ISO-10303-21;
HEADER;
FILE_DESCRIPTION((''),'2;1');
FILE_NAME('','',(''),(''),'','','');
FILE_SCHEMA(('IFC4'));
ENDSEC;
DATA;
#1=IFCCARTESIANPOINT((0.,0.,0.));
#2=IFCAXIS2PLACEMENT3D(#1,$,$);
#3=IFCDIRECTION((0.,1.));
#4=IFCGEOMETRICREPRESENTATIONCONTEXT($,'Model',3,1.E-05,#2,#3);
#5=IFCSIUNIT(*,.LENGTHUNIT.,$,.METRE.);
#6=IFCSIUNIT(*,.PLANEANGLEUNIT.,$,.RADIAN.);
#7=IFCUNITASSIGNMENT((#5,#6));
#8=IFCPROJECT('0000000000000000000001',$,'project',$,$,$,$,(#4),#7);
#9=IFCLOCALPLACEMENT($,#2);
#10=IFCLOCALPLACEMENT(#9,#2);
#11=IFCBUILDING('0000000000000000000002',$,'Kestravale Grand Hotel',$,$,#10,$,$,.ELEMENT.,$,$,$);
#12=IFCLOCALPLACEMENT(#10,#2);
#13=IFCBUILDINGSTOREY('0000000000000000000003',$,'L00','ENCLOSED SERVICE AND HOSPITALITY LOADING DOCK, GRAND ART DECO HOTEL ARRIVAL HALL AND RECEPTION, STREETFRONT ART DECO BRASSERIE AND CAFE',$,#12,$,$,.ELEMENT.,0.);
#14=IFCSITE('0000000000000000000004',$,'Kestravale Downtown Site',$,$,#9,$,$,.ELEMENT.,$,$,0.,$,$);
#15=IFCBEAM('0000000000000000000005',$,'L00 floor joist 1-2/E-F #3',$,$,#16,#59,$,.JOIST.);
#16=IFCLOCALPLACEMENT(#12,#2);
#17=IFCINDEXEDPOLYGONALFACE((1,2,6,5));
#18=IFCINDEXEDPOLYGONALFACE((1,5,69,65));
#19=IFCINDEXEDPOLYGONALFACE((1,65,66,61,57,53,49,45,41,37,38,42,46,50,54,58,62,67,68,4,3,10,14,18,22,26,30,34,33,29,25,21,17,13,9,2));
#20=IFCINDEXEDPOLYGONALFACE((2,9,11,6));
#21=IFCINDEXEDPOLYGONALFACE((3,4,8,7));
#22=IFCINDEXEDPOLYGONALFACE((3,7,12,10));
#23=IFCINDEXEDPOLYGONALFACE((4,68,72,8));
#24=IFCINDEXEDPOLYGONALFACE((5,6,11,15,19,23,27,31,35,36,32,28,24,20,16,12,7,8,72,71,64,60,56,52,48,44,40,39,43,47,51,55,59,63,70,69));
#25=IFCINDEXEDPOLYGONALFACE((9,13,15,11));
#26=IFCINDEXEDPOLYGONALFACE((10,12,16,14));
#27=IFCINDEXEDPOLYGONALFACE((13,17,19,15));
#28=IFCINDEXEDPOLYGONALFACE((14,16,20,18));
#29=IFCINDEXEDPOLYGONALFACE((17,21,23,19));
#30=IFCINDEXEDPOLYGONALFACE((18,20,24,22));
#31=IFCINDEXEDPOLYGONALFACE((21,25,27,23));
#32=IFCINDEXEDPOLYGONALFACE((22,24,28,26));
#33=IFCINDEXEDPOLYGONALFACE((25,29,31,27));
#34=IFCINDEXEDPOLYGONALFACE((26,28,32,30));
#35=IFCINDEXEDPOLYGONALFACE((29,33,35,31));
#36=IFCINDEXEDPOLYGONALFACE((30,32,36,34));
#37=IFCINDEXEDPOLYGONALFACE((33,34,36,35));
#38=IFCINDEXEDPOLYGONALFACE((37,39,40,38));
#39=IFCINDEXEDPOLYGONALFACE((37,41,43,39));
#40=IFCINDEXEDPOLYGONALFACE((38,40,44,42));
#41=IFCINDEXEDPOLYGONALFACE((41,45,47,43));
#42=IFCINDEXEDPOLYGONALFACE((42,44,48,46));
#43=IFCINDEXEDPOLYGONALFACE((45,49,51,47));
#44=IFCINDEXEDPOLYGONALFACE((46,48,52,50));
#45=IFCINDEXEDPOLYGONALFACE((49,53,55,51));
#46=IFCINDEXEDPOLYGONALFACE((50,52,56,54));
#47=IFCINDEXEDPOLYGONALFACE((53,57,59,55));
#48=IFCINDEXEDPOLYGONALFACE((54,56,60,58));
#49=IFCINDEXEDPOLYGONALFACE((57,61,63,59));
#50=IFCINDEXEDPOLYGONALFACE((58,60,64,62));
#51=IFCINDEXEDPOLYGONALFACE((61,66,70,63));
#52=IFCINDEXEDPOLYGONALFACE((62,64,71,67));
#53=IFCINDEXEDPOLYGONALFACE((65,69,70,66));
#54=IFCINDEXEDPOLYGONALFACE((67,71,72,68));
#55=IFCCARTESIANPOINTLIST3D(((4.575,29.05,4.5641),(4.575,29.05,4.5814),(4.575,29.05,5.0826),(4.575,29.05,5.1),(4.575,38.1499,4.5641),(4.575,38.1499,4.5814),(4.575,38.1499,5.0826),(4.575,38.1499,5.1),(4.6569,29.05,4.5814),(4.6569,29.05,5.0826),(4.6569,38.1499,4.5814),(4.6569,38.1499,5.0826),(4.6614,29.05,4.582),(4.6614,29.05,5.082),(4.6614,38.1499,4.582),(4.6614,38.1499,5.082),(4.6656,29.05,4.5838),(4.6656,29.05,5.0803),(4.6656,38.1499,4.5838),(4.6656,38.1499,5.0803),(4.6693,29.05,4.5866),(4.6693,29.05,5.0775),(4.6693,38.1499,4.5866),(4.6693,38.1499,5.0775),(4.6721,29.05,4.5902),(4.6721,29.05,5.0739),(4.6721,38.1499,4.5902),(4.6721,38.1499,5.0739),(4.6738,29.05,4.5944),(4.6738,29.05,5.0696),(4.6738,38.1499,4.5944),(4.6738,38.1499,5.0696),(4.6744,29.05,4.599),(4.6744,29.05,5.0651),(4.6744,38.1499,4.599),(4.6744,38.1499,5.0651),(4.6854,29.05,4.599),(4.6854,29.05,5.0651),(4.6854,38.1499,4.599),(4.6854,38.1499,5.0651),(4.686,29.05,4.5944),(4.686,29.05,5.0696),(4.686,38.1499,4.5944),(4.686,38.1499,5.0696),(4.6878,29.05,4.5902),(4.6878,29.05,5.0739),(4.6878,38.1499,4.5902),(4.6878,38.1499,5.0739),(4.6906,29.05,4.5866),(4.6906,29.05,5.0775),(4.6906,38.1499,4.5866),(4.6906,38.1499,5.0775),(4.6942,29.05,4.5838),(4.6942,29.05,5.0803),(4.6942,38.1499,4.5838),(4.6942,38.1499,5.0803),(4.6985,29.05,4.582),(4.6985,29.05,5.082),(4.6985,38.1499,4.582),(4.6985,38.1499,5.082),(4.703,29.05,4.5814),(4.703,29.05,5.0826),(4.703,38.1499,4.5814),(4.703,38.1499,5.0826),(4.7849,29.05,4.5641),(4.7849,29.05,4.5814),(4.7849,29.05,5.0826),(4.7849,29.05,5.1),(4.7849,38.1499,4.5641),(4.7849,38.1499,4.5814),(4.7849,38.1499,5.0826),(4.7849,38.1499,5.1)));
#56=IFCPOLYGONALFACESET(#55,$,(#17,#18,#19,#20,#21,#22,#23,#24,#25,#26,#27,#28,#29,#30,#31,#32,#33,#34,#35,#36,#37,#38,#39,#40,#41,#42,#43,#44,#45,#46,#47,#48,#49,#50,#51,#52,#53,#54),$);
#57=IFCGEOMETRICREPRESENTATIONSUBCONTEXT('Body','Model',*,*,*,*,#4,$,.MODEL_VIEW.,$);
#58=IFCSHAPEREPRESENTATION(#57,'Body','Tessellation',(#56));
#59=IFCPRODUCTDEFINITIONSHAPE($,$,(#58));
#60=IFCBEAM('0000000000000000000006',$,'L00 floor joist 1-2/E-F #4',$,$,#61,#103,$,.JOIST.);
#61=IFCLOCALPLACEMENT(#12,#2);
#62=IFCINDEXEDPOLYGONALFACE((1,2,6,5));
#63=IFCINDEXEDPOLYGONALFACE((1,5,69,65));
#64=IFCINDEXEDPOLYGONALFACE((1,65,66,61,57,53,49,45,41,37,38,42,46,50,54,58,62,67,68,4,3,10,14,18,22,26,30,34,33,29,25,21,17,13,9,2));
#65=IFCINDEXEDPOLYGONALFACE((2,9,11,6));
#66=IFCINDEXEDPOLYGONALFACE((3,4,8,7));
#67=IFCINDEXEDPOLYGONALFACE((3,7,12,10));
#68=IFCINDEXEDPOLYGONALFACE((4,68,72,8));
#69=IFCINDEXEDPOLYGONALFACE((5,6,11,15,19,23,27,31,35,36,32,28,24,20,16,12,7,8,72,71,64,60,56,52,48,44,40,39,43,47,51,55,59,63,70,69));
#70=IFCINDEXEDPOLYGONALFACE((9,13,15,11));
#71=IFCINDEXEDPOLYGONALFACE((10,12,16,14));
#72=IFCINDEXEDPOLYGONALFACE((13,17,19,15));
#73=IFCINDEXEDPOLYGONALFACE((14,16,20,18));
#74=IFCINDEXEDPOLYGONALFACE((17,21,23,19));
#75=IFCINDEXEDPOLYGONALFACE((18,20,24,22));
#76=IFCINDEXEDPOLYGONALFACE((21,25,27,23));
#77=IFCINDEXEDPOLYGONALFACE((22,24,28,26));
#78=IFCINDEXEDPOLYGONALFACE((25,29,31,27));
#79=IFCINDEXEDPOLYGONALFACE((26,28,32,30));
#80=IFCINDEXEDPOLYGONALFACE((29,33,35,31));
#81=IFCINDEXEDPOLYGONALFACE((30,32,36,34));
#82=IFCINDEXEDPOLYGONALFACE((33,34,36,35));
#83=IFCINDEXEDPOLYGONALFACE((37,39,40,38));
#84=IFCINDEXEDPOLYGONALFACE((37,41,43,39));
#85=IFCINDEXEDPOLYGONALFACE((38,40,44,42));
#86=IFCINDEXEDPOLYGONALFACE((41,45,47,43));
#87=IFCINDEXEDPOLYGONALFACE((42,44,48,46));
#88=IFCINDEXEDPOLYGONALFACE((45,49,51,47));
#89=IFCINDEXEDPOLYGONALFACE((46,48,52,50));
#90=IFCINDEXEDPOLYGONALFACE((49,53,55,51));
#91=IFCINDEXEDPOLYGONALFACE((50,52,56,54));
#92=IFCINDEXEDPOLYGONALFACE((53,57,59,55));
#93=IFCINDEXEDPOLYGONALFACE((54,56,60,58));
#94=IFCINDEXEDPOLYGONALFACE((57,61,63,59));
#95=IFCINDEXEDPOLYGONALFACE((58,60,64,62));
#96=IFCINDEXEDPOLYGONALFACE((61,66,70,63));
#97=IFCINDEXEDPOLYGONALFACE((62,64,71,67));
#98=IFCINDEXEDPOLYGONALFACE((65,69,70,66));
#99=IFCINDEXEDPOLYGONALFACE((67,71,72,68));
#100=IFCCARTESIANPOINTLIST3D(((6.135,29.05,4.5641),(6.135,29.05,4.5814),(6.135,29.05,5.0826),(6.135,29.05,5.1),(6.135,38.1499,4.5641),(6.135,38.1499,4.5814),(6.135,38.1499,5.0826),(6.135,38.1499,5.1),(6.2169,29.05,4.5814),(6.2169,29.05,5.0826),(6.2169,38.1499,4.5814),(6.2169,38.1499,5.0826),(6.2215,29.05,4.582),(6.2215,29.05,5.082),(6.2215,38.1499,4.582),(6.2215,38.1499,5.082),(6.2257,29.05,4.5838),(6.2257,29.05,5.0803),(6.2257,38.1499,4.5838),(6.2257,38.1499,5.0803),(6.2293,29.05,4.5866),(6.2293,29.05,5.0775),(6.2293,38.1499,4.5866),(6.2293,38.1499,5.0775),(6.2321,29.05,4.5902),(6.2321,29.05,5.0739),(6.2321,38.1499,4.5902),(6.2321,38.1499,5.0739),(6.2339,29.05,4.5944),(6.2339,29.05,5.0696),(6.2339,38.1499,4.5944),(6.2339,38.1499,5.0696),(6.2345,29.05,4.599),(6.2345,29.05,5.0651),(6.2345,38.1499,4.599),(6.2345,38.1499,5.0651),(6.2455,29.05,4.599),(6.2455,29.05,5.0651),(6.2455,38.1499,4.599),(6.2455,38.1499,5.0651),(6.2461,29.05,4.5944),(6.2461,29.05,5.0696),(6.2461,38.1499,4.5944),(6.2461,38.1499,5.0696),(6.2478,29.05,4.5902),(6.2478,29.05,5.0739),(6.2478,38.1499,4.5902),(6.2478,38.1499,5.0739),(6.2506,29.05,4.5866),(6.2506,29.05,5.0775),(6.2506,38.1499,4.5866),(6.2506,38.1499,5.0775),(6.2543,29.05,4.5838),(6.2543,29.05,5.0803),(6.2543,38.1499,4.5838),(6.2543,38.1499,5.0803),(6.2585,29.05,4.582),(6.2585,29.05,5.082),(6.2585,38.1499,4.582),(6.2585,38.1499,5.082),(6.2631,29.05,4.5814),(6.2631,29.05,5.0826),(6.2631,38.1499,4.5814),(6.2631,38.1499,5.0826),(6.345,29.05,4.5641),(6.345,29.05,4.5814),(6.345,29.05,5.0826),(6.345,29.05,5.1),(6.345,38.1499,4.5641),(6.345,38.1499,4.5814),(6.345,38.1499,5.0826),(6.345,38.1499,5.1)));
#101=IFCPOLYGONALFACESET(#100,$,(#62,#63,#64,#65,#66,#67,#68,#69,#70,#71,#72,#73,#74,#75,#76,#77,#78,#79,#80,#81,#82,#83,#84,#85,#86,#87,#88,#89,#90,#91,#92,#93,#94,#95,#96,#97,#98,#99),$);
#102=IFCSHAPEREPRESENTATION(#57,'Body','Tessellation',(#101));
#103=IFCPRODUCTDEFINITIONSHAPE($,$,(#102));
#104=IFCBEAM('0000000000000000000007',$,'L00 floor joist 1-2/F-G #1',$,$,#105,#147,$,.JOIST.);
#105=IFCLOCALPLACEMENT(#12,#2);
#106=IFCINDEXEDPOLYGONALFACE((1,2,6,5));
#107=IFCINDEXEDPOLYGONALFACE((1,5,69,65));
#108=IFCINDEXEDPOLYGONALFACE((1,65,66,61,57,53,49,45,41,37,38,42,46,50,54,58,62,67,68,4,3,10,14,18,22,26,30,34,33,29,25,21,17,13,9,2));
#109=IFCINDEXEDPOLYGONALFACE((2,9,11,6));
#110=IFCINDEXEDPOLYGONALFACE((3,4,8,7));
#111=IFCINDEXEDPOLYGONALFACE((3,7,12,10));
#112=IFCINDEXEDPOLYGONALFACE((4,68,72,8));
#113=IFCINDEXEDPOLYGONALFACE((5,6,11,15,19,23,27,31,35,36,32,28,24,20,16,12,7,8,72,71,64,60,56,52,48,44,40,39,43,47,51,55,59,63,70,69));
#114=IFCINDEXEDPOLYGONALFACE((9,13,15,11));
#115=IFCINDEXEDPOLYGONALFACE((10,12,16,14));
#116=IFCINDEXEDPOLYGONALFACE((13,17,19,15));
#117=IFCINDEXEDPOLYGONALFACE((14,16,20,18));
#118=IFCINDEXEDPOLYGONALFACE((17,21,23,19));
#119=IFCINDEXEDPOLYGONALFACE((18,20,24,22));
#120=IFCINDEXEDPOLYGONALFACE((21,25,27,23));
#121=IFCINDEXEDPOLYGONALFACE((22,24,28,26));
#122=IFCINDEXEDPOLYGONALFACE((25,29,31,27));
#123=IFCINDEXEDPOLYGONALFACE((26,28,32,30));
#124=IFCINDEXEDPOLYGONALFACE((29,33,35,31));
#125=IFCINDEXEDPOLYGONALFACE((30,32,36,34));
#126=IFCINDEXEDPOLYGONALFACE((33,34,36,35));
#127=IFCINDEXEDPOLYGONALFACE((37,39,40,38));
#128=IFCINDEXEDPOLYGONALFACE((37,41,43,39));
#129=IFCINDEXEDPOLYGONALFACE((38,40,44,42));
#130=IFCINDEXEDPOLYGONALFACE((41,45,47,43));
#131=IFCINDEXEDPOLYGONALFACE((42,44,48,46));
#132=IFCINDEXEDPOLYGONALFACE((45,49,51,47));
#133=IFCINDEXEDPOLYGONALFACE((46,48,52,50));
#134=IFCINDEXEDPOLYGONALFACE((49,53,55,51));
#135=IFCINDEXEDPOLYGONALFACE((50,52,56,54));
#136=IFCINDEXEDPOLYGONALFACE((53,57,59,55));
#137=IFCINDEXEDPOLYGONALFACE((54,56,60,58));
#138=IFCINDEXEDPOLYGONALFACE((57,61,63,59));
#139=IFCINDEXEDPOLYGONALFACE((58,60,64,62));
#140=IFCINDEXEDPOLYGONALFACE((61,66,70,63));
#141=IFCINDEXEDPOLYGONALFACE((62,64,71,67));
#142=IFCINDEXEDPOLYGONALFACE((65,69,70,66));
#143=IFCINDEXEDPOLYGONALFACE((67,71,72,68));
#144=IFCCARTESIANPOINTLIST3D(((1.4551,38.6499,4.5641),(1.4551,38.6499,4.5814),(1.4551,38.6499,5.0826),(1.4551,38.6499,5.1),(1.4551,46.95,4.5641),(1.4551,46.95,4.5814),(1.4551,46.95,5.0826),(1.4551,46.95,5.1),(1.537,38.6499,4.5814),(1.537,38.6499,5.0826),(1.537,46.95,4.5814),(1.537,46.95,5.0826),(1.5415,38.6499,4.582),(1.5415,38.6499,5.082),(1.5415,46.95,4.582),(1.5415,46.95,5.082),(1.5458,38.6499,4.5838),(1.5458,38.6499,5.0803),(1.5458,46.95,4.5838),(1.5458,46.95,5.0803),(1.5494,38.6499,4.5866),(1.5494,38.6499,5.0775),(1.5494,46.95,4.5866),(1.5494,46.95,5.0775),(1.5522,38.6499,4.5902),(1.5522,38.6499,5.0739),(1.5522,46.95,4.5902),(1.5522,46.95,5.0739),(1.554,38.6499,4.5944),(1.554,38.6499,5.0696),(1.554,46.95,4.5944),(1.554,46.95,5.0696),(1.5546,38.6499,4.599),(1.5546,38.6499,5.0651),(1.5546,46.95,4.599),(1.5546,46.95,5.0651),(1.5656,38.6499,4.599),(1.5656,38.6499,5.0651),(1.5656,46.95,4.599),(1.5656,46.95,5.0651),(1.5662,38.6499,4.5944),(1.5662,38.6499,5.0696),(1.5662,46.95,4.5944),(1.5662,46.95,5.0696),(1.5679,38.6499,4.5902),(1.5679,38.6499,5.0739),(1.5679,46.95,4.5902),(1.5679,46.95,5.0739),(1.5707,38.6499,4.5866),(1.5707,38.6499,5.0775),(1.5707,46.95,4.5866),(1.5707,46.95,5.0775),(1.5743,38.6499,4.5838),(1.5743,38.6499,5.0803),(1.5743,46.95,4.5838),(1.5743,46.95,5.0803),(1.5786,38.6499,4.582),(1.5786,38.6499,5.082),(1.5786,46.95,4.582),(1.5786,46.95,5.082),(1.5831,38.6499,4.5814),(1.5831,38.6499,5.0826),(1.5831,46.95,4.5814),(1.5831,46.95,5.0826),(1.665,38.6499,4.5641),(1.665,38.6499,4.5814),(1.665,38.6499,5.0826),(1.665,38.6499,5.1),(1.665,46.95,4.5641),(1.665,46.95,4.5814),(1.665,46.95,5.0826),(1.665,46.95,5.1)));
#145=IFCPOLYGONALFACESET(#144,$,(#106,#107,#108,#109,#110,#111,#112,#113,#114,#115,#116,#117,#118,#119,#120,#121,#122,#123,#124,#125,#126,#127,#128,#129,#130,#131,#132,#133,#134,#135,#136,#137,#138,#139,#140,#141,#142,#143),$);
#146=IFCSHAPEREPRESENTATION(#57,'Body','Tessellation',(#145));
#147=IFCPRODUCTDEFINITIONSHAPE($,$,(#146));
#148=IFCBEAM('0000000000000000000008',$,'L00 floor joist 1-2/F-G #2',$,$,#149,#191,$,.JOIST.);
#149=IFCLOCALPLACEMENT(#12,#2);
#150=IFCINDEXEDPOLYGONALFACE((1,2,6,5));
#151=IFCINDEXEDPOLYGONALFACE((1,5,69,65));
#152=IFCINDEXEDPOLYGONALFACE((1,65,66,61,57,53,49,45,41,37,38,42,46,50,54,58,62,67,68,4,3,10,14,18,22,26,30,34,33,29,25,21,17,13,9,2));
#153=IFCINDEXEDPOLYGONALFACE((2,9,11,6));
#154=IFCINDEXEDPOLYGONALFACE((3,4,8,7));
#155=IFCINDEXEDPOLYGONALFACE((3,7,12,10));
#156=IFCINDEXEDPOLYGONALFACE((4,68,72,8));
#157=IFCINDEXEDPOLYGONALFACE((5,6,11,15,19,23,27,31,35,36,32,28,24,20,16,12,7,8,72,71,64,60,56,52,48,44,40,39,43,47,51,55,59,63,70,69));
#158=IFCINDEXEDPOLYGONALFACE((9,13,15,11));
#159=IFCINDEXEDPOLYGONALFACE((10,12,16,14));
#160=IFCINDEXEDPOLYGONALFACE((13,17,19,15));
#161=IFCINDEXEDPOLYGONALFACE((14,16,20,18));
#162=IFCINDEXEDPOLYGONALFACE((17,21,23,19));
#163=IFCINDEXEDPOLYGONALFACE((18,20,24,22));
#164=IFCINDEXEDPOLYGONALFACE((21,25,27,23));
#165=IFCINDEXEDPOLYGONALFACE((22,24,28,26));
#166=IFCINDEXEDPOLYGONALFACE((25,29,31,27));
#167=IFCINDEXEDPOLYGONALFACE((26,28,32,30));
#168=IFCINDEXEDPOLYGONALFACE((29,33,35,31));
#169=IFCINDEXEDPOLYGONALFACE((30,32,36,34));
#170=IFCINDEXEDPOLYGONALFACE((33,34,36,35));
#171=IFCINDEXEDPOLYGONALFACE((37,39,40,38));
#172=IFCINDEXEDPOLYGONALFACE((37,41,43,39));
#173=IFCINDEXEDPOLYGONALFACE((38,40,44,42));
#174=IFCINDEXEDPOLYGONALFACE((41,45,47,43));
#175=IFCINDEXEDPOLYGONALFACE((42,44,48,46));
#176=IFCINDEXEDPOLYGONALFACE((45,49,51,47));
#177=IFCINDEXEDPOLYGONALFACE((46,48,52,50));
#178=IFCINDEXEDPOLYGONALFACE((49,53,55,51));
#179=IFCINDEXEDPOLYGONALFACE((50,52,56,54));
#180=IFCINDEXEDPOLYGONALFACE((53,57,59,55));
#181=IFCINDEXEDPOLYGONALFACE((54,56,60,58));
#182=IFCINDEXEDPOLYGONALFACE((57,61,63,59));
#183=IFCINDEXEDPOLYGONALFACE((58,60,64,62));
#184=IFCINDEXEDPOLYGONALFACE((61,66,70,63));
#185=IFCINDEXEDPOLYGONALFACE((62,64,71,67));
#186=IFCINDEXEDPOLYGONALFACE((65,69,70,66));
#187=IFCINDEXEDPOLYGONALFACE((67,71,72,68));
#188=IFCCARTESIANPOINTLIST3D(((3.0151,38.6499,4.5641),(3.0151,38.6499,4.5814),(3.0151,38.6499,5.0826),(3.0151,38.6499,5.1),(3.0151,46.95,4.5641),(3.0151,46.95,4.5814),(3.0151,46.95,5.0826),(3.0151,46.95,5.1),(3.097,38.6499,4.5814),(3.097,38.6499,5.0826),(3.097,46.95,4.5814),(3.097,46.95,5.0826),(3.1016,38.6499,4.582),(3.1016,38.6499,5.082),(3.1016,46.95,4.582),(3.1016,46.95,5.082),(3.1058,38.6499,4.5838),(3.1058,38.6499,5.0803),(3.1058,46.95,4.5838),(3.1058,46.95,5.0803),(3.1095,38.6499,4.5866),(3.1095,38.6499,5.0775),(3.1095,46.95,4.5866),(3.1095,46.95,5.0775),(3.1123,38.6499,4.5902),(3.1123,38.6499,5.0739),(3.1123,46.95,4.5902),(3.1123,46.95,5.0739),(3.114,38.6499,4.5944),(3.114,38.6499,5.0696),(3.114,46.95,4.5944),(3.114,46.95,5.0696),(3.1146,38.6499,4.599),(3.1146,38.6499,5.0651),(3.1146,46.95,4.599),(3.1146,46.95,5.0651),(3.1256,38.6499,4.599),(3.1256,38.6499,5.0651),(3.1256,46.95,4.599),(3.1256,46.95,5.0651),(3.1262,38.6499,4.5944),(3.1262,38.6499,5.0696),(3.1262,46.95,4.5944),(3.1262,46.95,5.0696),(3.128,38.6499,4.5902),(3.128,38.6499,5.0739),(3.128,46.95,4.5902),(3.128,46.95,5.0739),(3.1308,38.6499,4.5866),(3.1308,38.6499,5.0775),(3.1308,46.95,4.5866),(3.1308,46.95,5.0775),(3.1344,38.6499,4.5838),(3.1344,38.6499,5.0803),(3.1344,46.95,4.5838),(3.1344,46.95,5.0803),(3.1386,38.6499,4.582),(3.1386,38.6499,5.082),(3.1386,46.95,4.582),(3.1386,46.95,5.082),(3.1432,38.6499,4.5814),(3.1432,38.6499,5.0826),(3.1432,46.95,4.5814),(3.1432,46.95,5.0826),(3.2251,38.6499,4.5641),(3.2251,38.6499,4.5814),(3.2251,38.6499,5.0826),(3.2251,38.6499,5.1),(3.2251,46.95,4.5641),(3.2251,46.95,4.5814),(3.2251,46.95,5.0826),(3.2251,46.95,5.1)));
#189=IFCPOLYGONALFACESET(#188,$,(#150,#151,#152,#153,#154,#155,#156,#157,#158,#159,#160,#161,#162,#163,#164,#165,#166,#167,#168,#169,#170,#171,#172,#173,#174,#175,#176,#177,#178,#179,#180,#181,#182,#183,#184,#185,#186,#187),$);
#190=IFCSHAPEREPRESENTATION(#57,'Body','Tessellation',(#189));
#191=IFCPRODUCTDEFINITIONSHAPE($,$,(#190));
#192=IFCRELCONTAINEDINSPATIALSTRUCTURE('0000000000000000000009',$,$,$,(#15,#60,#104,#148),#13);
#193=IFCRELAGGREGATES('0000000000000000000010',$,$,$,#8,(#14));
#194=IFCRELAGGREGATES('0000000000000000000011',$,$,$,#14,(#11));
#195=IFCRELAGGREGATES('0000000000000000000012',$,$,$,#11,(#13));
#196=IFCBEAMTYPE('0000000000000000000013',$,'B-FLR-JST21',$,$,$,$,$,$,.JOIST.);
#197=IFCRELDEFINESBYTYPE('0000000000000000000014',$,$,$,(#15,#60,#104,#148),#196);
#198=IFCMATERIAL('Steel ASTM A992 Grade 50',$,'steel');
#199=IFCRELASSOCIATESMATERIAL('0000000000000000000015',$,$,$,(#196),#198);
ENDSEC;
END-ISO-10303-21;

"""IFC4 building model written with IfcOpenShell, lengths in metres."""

from ifc_helpers import new_model, si_unit, direction, frame, origin, origin_2d, place, context, subcontext, project, spatial, i_section, extrude, material, material_profile, profile_set, type_object, element, save


model = new_model("IFC4")

# Units and contexts
model_context = context("Model", 3, precision=1e-05, world=origin(), true_north=direction((0.0, 1.0)))
body_context = subcontext(model_context, "Body", "Model", "MODEL_VIEW")
ifc_project = project(units=[si_unit("LENGTHUNIT", "METRE"), si_unit("PLANEANGLEUNIT", "RADIAN")], contexts=[model_context])

# Site, building, storey
site_placement = place(None, origin())
site = spatial("IfcSite", under=ifc_project, at=site_placement, Name="Kestravale Downtown Site", CompositionType="ELEMENT", RefElevation=0.0)
building_placement = place(site_placement, origin())
building = spatial("IfcBuilding", under=site, at=building_placement, Name="Kestravale Grand Hotel", CompositionType="ELEMENT")
storey_placement = place(building_placement, origin())
storey = spatial("IfcBuildingStorey", under=building, at=storey_placement, Name="L00", Description="ENCLOSED SERVICE AND HOSPITALITY LOADING DOCK, GRAND ART DECO HOTEL ARRIVAL HALL AND RECEPTION, STREETFRONT ART DECO BRASSERIE AND CAFE", CompositionType="ELEMENT", Elevation=0.0)

# Beams
ifc_material_1 = material(Name="Steel ASTM A992 Grade 50", Category="steel")
ifc_material_profile_1 = material_profile(ifc_material_1, i_section(OverallWidth=0.21, OverallDepth=0.5359, WebThickness=0.011, FlangeThickness=0.0173, FilletRadius=0.0176, at=origin_2d()))
ifc_profile_set_1 = profile_set([ifc_material_profile_1], Name="Steel ASTM A992 Grade 50")
beam_type_1 = type_object("IfcBeamType", Name="B-FLR-JST21", PredefinedType="JOIST", material=ifc_profile_set_1)
for number, where, z_axis, x_axis, name in (
    (1, (4.6799, 29.05, 4.832), (0.0, 1.0, 0.0), (-1.0, 0.0, 0.0), "L00 floor joist 1-2/E-F #3"),
    (2, (6.24, 29.05, 4.832), (0.0, 1.0, 0.0), (-1.0, 0.0, 0.0), "L00 floor joist 1-2/E-F #4"),
):
    element("IfcBeam", number, at=place(storey_placement, frame(where, z_axis=z_axis, x_axis=x_axis)), inside=storey, type_object=beam_type_1, Name=name, PredefinedType="JOIST", context=body_context, shape_type="SweptSolid", body=[
        extrude(i_section(OverallWidth=0.21, OverallDepth=0.5359, WebThickness=0.011, FlangeThickness=0.0173, FilletRadius=0.0176, at=origin_2d()), origin(), (0.0, 0.0, 1.0), 9.0999),
    ])
for number, where, z_axis, x_axis, name in (
    (3, (1.5601, 38.6499, 4.832), (0.0, 1.0, 0.0), (-1.0, 0.0, 0.0), "L00 floor joist 1-2/F-G #1"),
    (4, (3.1201, 38.6499, 4.832), (0.0, 1.0, 0.0), (-1.0, 0.0, 0.0), "L00 floor joist 1-2/F-G #2"),
):
    element("IfcBeam", number, at=place(storey_placement, frame(where, z_axis=z_axis, x_axis=x_axis)), inside=storey, type_object=beam_type_1, Name=name, PredefinedType="JOIST", context=body_context, shape_type="SweptSolid", body=[
        extrude(i_section(OverallWidth=0.21, OverallDepth=0.5359, WebThickness=0.011, FlangeThickness=0.0173, FilletRadius=0.0176, at=origin_2d()), origin(), (0.0, 0.0, 1.0), 8.3),
    ])

save(model, "model.ifc")
